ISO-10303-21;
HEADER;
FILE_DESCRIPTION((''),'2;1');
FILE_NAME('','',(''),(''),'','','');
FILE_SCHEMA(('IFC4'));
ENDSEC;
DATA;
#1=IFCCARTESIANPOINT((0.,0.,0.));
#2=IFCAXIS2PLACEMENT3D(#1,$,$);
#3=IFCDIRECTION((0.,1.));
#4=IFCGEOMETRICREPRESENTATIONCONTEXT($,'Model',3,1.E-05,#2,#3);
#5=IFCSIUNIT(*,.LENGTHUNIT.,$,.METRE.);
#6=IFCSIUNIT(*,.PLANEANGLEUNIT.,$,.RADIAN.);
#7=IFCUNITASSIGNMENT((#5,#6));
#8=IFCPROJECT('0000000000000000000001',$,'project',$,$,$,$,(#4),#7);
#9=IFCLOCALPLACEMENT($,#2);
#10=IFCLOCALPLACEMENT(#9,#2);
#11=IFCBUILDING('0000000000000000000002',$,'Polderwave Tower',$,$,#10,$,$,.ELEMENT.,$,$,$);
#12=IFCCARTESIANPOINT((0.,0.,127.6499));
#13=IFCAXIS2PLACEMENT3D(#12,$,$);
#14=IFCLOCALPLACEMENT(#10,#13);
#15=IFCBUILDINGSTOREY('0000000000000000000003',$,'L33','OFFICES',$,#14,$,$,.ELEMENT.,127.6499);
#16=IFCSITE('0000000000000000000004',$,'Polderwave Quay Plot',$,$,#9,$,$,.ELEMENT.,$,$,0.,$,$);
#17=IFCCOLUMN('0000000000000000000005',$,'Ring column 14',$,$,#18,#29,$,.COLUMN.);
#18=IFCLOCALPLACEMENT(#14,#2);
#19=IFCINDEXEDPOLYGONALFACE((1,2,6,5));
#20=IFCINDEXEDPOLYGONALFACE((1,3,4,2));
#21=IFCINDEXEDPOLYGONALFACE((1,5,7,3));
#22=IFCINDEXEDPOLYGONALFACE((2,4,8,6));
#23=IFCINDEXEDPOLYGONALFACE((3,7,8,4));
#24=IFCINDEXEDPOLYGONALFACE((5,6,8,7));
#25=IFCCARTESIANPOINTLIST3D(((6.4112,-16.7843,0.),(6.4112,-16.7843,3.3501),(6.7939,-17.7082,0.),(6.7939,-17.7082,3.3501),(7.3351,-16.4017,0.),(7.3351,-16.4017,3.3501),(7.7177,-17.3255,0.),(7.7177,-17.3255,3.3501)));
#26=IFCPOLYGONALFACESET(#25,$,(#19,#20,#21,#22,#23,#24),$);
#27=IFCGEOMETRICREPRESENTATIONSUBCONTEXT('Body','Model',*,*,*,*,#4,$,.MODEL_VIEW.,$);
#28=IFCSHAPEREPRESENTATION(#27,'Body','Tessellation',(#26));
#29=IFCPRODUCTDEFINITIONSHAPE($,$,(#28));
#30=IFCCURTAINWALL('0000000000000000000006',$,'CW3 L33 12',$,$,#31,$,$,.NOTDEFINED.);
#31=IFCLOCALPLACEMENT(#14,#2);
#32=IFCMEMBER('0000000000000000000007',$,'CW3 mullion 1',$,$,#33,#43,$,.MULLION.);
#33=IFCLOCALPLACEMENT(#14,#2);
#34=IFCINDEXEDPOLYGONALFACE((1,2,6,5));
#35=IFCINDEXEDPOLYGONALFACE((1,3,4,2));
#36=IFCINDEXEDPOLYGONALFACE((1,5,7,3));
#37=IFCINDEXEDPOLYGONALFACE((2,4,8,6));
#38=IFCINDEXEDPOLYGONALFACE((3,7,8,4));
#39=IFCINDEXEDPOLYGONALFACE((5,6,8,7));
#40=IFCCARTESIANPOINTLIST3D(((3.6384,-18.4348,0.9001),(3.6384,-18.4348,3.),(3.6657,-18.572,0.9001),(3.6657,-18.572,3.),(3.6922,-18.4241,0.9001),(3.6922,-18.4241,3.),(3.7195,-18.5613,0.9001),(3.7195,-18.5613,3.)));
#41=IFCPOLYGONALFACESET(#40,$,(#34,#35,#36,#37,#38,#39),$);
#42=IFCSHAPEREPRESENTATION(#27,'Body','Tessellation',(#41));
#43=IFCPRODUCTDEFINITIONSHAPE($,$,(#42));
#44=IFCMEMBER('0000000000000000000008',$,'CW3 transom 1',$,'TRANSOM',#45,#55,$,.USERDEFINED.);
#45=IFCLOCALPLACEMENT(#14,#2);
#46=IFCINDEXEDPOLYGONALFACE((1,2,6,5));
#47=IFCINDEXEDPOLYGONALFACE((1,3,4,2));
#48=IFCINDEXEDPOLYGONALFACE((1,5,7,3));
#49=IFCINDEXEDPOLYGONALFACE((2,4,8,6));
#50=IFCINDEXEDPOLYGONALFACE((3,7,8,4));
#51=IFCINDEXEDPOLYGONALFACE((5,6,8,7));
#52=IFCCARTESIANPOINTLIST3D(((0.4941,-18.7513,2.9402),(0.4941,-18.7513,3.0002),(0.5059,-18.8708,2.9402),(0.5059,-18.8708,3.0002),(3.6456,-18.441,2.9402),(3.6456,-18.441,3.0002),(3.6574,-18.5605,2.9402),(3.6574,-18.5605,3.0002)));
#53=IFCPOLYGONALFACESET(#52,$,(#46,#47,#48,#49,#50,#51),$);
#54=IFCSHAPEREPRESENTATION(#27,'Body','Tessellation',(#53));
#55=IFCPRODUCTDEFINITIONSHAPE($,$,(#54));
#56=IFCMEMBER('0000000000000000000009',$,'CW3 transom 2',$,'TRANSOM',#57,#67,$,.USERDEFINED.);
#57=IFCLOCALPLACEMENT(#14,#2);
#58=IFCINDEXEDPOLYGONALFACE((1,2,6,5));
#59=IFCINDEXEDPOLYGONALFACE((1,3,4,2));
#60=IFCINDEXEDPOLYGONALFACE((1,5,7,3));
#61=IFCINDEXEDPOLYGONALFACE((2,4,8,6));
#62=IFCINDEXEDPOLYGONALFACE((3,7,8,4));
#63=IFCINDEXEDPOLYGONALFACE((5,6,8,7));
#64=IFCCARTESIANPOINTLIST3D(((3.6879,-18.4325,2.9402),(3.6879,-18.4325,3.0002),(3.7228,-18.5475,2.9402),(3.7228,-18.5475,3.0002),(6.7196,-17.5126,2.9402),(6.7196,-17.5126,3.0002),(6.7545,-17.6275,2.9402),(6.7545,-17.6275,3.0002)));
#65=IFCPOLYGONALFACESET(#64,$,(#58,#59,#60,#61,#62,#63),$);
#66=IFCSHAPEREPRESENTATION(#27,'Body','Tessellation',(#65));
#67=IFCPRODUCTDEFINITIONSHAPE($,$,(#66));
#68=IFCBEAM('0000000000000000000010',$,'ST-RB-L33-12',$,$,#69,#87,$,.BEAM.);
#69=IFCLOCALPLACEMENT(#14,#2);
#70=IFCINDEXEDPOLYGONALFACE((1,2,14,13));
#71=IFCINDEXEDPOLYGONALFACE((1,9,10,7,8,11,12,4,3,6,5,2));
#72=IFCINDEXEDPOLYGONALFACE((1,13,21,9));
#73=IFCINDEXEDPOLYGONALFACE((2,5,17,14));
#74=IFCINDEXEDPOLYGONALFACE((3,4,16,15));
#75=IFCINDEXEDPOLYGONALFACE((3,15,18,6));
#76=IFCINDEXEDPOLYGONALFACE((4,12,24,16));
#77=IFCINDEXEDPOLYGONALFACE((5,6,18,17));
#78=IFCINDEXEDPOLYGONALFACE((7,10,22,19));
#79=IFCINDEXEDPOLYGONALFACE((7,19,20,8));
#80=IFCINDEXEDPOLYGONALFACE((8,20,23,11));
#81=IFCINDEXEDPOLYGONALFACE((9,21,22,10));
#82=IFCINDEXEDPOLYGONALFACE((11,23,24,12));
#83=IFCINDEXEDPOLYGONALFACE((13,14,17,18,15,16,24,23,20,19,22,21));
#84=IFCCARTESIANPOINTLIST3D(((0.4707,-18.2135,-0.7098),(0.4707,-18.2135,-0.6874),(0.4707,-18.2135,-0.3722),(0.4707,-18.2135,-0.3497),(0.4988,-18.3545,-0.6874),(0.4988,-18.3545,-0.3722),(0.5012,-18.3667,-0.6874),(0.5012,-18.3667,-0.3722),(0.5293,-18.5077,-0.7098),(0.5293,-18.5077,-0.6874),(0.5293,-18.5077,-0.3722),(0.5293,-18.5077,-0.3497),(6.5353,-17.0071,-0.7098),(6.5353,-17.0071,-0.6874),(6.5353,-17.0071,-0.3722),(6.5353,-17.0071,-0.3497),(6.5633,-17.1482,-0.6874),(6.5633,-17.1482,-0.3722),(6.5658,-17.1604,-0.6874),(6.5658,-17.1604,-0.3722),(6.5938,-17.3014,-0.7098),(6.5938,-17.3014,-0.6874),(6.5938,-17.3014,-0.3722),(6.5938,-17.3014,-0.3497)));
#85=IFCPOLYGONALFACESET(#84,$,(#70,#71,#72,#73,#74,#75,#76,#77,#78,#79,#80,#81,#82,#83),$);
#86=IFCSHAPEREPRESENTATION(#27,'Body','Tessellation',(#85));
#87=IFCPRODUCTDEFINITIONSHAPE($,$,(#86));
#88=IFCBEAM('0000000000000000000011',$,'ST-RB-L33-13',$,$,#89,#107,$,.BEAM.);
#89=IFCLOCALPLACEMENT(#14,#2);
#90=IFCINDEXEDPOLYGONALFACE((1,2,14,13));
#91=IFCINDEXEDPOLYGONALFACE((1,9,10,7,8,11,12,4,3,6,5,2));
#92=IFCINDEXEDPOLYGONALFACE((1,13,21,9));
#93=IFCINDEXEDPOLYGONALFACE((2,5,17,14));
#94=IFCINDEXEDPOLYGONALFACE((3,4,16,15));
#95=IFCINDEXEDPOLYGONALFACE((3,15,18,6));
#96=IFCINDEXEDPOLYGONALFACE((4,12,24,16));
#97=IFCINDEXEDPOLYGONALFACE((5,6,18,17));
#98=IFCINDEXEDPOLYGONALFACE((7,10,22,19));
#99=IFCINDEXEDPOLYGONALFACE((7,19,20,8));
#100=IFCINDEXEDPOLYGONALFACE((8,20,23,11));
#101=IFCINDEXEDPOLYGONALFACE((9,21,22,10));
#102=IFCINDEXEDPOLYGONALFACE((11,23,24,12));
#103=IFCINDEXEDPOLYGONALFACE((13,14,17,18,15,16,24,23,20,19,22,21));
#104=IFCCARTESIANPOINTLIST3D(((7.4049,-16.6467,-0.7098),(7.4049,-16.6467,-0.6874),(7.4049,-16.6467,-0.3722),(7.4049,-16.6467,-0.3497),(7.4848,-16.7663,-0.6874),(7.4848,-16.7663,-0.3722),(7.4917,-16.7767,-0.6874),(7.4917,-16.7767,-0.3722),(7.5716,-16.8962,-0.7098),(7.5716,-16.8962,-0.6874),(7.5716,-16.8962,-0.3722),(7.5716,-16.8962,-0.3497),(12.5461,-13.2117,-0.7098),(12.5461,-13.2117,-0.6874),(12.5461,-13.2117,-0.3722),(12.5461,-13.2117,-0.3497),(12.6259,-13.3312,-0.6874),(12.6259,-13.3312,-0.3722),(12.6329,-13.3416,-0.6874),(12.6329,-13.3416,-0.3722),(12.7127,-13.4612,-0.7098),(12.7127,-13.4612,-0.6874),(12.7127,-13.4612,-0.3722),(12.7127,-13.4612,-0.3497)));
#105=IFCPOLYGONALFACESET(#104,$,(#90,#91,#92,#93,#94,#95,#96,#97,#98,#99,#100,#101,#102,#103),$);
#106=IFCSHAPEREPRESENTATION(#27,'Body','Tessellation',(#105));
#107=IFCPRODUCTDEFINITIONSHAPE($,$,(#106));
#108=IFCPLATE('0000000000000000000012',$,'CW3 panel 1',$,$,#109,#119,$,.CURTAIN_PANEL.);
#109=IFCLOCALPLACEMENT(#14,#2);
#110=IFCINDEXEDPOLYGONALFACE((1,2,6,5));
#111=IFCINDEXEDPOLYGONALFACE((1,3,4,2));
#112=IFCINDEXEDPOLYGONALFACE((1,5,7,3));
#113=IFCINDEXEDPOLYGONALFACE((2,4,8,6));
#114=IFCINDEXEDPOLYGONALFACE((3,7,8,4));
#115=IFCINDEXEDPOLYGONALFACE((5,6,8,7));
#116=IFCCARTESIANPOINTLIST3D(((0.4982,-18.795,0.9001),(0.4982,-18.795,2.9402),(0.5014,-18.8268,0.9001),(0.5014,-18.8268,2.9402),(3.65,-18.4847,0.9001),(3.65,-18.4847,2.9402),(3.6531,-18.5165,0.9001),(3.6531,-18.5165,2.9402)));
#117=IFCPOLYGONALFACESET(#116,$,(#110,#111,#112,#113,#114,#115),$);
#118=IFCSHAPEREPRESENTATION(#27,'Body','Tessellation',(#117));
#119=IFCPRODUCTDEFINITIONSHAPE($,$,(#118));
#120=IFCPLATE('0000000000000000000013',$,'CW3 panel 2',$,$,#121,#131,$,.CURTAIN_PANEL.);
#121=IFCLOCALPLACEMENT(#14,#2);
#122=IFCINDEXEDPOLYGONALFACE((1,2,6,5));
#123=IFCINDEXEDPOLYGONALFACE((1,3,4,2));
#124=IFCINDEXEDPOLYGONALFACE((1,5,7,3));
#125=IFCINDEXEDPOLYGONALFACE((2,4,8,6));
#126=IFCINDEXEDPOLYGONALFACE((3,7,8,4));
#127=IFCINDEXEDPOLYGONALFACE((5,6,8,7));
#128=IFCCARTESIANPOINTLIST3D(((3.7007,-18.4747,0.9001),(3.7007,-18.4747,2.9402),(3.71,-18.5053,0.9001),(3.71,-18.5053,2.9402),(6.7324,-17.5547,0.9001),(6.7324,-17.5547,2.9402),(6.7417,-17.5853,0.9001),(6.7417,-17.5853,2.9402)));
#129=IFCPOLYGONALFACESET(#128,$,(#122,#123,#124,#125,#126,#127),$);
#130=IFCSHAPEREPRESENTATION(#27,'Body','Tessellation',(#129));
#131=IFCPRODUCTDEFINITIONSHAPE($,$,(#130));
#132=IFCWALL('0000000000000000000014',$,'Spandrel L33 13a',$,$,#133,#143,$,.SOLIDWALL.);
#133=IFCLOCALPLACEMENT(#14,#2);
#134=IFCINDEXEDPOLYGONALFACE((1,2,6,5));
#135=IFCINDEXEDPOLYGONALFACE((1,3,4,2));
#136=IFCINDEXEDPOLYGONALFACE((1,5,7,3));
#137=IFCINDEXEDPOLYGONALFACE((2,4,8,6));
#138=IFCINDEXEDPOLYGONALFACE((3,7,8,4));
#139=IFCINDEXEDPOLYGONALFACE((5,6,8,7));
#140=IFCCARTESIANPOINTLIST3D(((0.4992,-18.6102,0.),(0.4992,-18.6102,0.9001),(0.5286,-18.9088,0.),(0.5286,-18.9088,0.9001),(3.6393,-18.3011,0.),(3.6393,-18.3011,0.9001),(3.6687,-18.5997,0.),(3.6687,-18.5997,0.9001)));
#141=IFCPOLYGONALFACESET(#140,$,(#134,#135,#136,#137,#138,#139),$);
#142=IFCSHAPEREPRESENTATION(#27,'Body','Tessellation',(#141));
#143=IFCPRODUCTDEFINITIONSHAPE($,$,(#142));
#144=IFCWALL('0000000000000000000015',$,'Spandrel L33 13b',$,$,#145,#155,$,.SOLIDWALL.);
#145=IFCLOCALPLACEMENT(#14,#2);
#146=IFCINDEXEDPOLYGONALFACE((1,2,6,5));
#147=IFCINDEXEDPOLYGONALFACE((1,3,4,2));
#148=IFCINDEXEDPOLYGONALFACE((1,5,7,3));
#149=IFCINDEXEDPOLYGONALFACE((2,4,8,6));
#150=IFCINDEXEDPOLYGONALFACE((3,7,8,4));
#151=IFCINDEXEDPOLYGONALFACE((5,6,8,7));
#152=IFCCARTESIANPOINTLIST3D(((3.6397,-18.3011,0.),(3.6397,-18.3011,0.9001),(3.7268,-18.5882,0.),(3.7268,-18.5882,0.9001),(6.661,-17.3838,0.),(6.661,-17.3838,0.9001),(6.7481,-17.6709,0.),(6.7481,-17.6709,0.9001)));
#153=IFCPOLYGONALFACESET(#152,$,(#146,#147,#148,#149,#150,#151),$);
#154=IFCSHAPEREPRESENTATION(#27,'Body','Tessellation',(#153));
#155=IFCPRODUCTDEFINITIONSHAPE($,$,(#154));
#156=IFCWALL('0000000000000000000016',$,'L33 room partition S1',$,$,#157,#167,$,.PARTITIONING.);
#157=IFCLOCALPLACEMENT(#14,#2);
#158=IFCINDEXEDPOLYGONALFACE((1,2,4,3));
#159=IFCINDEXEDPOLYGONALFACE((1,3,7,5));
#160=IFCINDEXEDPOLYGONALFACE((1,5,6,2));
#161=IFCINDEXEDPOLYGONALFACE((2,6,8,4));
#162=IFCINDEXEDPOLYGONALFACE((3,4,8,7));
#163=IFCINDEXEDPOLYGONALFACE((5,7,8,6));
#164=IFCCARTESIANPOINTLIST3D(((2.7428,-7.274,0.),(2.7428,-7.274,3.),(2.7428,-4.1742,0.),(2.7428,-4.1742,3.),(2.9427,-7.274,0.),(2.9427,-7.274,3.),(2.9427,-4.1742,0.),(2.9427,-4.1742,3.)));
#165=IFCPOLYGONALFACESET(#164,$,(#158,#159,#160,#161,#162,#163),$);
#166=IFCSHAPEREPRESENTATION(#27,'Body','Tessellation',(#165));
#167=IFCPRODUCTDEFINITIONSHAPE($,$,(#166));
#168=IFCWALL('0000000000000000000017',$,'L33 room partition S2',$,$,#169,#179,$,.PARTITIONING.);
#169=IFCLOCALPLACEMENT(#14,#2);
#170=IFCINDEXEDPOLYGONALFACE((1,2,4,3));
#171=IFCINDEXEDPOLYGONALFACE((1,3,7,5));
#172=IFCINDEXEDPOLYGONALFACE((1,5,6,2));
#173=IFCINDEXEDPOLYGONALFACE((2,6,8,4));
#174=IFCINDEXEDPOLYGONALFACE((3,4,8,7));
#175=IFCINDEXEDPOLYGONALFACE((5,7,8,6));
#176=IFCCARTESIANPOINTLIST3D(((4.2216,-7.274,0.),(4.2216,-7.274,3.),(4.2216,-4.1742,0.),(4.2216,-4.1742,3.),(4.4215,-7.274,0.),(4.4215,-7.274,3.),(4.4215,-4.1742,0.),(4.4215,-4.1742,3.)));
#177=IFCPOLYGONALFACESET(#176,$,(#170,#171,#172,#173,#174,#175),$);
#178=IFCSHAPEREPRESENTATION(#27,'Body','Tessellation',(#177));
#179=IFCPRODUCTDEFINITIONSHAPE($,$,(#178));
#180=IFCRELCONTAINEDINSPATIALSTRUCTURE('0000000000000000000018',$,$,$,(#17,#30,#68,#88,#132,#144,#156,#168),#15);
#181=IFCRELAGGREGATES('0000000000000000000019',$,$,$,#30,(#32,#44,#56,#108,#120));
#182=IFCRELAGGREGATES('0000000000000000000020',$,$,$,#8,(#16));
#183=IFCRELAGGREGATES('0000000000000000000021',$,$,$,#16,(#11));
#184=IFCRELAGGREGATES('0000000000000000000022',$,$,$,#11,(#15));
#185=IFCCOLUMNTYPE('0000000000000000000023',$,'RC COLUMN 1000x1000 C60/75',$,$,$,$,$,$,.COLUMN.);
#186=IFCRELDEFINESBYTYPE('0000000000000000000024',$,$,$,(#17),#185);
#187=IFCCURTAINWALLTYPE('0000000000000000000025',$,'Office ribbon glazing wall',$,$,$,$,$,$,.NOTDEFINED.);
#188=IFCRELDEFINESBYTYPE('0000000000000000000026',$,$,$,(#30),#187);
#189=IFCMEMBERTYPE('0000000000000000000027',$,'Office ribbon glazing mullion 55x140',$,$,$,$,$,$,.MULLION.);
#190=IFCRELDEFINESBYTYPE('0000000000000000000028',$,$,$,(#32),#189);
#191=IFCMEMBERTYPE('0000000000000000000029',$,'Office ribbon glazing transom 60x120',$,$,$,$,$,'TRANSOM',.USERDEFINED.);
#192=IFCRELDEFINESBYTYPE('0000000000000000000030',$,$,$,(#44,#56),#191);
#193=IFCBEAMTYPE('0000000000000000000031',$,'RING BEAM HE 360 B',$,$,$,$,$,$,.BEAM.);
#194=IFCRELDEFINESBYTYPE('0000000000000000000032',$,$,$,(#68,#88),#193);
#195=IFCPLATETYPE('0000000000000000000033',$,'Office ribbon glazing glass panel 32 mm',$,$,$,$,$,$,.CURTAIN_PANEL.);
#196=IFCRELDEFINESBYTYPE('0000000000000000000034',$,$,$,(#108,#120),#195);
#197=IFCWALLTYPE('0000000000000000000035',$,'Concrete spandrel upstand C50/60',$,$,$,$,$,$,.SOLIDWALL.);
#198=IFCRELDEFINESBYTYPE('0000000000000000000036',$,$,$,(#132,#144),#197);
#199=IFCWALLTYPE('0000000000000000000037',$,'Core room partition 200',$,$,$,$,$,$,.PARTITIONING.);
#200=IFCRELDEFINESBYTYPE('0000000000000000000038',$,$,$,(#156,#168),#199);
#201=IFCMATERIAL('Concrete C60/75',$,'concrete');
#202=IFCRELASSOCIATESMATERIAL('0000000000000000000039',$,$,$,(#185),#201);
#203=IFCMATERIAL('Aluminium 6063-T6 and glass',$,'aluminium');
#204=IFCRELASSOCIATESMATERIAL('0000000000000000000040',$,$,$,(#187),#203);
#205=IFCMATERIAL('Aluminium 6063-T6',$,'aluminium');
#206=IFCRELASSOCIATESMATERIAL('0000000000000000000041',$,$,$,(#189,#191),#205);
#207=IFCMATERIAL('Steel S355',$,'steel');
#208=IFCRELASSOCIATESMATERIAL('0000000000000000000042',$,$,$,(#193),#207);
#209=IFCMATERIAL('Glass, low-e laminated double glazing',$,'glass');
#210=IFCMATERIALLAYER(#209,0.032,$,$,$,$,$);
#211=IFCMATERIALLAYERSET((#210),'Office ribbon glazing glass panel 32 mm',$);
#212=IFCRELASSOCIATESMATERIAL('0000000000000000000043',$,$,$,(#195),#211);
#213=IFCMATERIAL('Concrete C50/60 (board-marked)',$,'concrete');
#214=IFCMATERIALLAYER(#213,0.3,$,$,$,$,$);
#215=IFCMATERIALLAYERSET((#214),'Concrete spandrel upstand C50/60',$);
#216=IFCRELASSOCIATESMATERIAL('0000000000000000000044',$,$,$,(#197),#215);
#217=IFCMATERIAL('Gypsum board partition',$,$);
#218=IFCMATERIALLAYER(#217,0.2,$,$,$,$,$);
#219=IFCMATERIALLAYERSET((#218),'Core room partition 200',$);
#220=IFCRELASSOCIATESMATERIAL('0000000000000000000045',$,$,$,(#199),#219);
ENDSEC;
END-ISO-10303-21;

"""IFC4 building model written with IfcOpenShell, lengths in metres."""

from ifc_helpers import new_model, si_unit, direction, frame, frame_2d, origin, origin_2d, place, context, subcontext, project, spatial, rectangle, i_section, extrude, material, layer, layer_set, material_profile, profile_set, type_object, element, aggregate, save


model = new_model("IFC4")

# Units and contexts
model_context = context("Model", 3, precision=1e-05, world=origin(), true_north=direction((0.0, 1.0)))
body_context = subcontext(model_context, "Body", "Model", "MODEL_VIEW")
ifc_project = project(units=[si_unit("LENGTHUNIT", "METRE"), si_unit("PLANEANGLEUNIT", "RADIAN")], contexts=[model_context])

# Site, building, storey
site_placement = place(None, origin())
site = spatial("IfcSite", under=ifc_project, at=site_placement, Name="Polderwave Quay Plot", CompositionType="ELEMENT", RefElevation=0.0)
building_placement = place(site_placement, origin())
building = spatial("IfcBuilding", under=site, at=building_placement, Name="Polderwave Tower", CompositionType="ELEMENT")
storey_placement = place(building_placement, frame((0.0, 0.0, 127.6499)))
storey = spatial("IfcBuildingStorey", under=building, at=storey_placement, Name="L33", Description="OFFICES", CompositionType="ELEMENT", Elevation=127.6499)

# Column
ifc_material_1 = material(Name="Concrete C60/75", Category="concrete")
ifc_material_profile_1 = material_profile(ifc_material_1, rectangle(XDim=1.0, YDim=1.0, at=origin_2d()), Name="RC 1000x1000")
ifc_profile_set_1 = profile_set([ifc_material_profile_1], Name="Concrete C60/75")
column_type = type_object("IfcColumnType", Name="RC COLUMN 1000x1000 C60/75", PredefinedType="COLUMN", material=ifc_profile_set_1)
column_placement = place(storey_placement, frame((7.0645, -17.0549, 0.0), z_axis=(0.0, 0.0, 1.0), x_axis=(0.382683, -0.92388, 0.0)))
element("IfcColumn", 1, at=column_placement, inside=storey, type_object=column_type, Name="Ring column 14", PredefinedType="COLUMN", context=body_context, shape_type="SweptSolid", body=[
    extrude(rectangle(XDim=1.0, YDim=1.0, at=origin_2d()), origin(), (0.0, 0.0, 1.0), 3.3501),
])

# Curtain wall, members
ifc_material_2 = material(Name="Aluminium 6063-T6 and glass", Category="aluminium")
curtain_wall_type = type_object("IfcCurtainWallType", Name="Office ribbon glazing wall", PredefinedType="NOTDEFINED", material=ifc_material_2)
curtain_wall_placement = place(storey_placement, origin())
curtain_wall = element("IfcCurtainWall", 2, at=curtain_wall_placement, inside=storey, type_object=curtain_wall_type, Name="CW3 L33 12", PredefinedType="NOTDEFINED")
ifc_material_3 = material(Name="Aluminium 6063-T6", Category="aluminium")
ifc_material_profile_2 = material_profile(ifc_material_3, rectangle(XDim=0.1399, YDim=0.0549, at=origin_2d()), Name="AL 55x140")
ifc_profile_set_2 = profile_set([ifc_material_profile_2], Name="Aluminium 6063-T6")
member_type_1 = type_object("IfcMemberType", Name="Office ribbon glazing mullion 55x140", PredefinedType="MULLION", material=ifc_profile_set_2)
member_1_placement = place(storey_placement, frame((3.679, -18.498, 0.9001), z_axis=(0.0, 0.0, 1.0), x_axis=(-0.195128, 0.980778, 0.0)))
member_1 = element("IfcMember", 3, at=member_1_placement, type_object=member_type_1, Name="CW3 mullion 1", PredefinedType="MULLION", context=body_context, shape_type="SweptSolid", body=[
    extrude(rectangle(XDim=0.1399, YDim=0.0549, at=origin_2d()), origin(), (0.0, 0.0, 1.0), 2.0999),
])
ifc_material_profile_3 = material_profile(ifc_material_3, rectangle(XDim=0.1201, YDim=0.0601, at=origin_2d()), Name="AL 60x120")
ifc_profile_set_3 = profile_set([ifc_material_profile_3], Name="Aluminium 6063-T6")
member_type_2 = type_object("IfcMemberType", Name="Office ribbon glazing transom 60x120", ElementType="TRANSOM", PredefinedType="USERDEFINED", material=ifc_profile_set_3)
member_2_placement = place(storey_placement, frame((0.5, -18.811, 2.9702), z_axis=(0.995188, 0.097985, 0.0), x_axis=(-0.097985, 0.995188, 0.0)))
member_2 = element("IfcMember", 4, at=member_2_placement, type_object=member_type_2, Name="CW3 transom 1", ObjectType="TRANSOM", PredefinedType="USERDEFINED", context=body_context, shape_type="SweptSolid", body=[
    extrude(rectangle(XDim=0.1201, YDim=0.0601, at=origin_2d()), origin(), (0.0, 0.0, 1.0), 3.1667),
])
member_3_placement = place(storey_placement, frame((3.7053, -18.49, 2.9702), z_axis=(0.956918, 0.290358, 0.0), x_axis=(-0.290358, 0.956918, 0.0)))
member_3 = element("IfcMember", 5, at=member_3_placement, type_object=member_type_2, Name="CW3 transom 2", ObjectType="TRANSOM", PredefinedType="USERDEFINED", context=body_context, shape_type="SweptSolid", body=[
    extrude(rectangle(XDim=0.1201, YDim=0.0601, at=origin_2d()), origin(), (0.0, 0.0, 1.0), 3.1682),
])

# Beams
ifc_material_4 = material(Name="Steel S355", Category="steel")
ifc_material_profile_4 = material_profile(ifc_material_4, i_section(OverallWidth=0.3, OverallDepth=0.3601, WebThickness=0.0125, FlangeThickness=0.0225, at=origin_2d()), Name="HE 360 B")
ifc_profile_set_4 = profile_set([ifc_material_profile_4], Name="Steel S355")
beam_type = type_object("IfcBeamType", Name="RING BEAM HE 360 B", PredefinedType="BEAM", material=ifc_profile_set_4)
beam_1_placement = place(storey_placement, frame((0.5, -18.3606, -0.5298), z_axis=(0.980785, 0.195091, 0.0), x_axis=(-0.195091, 0.980785, 0.0)))
element("IfcBeam", 6, at=beam_1_placement, inside=storey, type_object=beam_type, Name="ST-RB-L33-12", PredefinedType="BEAM", context=body_context, shape_type="SweptSolid", body=[
    extrude(i_section(OverallWidth=0.3, OverallDepth=0.3601, WebThickness=0.0125, FlangeThickness=0.0225, at=origin_2d()), origin(), (0.0, 0.0, 1.0), 6.1833),
])
beam_2_placement = place(storey_placement, frame((7.4883, -16.7715, -0.5298), z_axis=(0.831479, 0.555556, 0.0), x_axis=(-0.555556, 0.831479, 0.0)))
element("IfcBeam", 7, at=beam_2_placement, inside=storey, type_object=beam_type, Name="ST-RB-L33-13", PredefinedType="BEAM", context=body_context, shape_type="SweptSolid", body=[
    extrude(i_section(OverallWidth=0.3, OverallDepth=0.3601, WebThickness=0.0125, FlangeThickness=0.0225, at=origin_2d()), origin(), (0.0, 0.0, 1.0), 6.1831),
])

# Plates
ifc_material_5 = material(Name="Glass, low-e laminated double glazing", Category="glass")
ifc_layer_1 = layer(ifc_material_5, 0.032)
ifc_layer_set_1 = layer_set([ifc_layer_1], Name="Office ribbon glazing glass panel 32 mm")
plate_type = type_object("IfcPlateType", Name="Office ribbon glazing glass panel 32 mm", PredefinedType="CURTAIN_PANEL", material=ifc_layer_set_1)
plate_1_placement = place(storey_placement, frame((2.0757, -18.6558, 0.9001), z_axis=(0.0, 0.0, 1.0), x_axis=(0.995188, 0.097984, 0.0)))
plate_1 = element("IfcPlate", 8, at=plate_1_placement, type_object=plate_type, Name="CW3 panel 1", PredefinedType="CURTAIN_PANEL", context=body_context, shape_type="SweptSolid", body=[
    extrude(rectangle(XDim=3.167, YDim=0.032, at=origin_2d()), origin(), (0.0, 0.0, 1.0), 2.04),
])
plate_2_placement = place(storey_placement, frame((5.2212, -18.03, 0.9001), z_axis=(0.0, 0.0, 1.0), x_axis=(0.956908, 0.29039, 0.0)))
plate_2 = element("IfcPlate", 9, at=plate_2_placement, type_object=plate_type, Name="CW3 panel 2", PredefinedType="CURTAIN_PANEL", context=body_context, shape_type="SweptSolid", body=[
    extrude(rectangle(XDim=3.1682, YDim=0.032, at=origin_2d()), origin(), (0.0, 0.0, 1.0), 2.04),
])
aggregate(curtain_wall, [member_1, member_2, member_3, plate_1, plate_2])

# Walls
ifc_material_6 = material(Name="Concrete C50/60 (board-marked)", Category="concrete")
ifc_layer_2 = layer(ifc_material_6, 0.3)
ifc_layer_set_2 = layer_set([ifc_layer_2], Name="Concrete spandrel upstand C50/60")
wall_type_1 = type_object("IfcWallType", Name="Concrete spandrel upstand C50/60", PredefinedType="SOLIDWALL", material=ifc_layer_set_2)
wall_1_placement = place(storey_placement, frame((0.5139, -18.7595, 0.0), z_axis=(0.0, 0.0, 1.0), x_axis=(0.995191, 0.097956, 0.0)))
element("IfcWall", 10, at=wall_1_placement, inside=storey, type_object=wall_type_1, Name="Spandrel L33 13a", PredefinedType="SOLIDWALL", context=body_context, shape_type="SweptSolid", body=[
    extrude(rectangle(XDim=3.1553, YDim=0.3, at=frame_2d((1.5776, 0.0))), origin(), (0.0, 0.0, 1.0), 0.9001),
])
wall_2_placement = place(storey_placement, frame((3.6833, -18.4446, 0.0), z_axis=(0.0, 0.0, 1.0), x_axis=(0.956874, 0.290503, 0.0)))
element("IfcWall", 11, at=wall_2_placement, inside=storey, type_object=wall_type_1, Name="Spandrel L33 13b", PredefinedType="SOLIDWALL", context=body_context, shape_type="SweptSolid", body=[
    extrude(rectangle(XDim=3.1575, YDim=0.3, at=frame_2d((1.5786, 0.0))), origin(), (0.0, 0.0, 1.0), 0.9001),
])
ifc_material_7 = material(Name="Gypsum board partition")
ifc_layer_3 = layer(ifc_material_7, 0.2)
ifc_layer_set_3 = layer_set([ifc_layer_3], Name="Core room partition 200")
wall_type_2 = type_object("IfcWallType", Name="Core room partition 200", PredefinedType="PARTITIONING", material=ifc_layer_set_3)
for number, where, z_axis, x_axis, name in (
    (12, (2.8428, -7.2739, 0.0), (0.0, 0.0, 1.0), (0.0, 1.0, 0.0), "L33 room partition S1"),
    (13, (4.3215, -7.2739, 0.0), (0.0, 0.0, 1.0), (0.0, 1.0, 0.0), "L33 room partition S2"),
):
    element("IfcWall", number, at=place(storey_placement, frame(where, z_axis=z_axis, x_axis=x_axis)), inside=storey, type_object=wall_type_2, Name=name, PredefinedType="PARTITIONING", context=body_context, shape_type="SweptSolid", body=[
        extrude(rectangle(XDim=3.0999, YDim=0.2, at=frame_2d((1.5498, 0.0))), origin(), (0.0, 0.0, 1.0), 3.0),
    ])

save(model, "model.ifc")
